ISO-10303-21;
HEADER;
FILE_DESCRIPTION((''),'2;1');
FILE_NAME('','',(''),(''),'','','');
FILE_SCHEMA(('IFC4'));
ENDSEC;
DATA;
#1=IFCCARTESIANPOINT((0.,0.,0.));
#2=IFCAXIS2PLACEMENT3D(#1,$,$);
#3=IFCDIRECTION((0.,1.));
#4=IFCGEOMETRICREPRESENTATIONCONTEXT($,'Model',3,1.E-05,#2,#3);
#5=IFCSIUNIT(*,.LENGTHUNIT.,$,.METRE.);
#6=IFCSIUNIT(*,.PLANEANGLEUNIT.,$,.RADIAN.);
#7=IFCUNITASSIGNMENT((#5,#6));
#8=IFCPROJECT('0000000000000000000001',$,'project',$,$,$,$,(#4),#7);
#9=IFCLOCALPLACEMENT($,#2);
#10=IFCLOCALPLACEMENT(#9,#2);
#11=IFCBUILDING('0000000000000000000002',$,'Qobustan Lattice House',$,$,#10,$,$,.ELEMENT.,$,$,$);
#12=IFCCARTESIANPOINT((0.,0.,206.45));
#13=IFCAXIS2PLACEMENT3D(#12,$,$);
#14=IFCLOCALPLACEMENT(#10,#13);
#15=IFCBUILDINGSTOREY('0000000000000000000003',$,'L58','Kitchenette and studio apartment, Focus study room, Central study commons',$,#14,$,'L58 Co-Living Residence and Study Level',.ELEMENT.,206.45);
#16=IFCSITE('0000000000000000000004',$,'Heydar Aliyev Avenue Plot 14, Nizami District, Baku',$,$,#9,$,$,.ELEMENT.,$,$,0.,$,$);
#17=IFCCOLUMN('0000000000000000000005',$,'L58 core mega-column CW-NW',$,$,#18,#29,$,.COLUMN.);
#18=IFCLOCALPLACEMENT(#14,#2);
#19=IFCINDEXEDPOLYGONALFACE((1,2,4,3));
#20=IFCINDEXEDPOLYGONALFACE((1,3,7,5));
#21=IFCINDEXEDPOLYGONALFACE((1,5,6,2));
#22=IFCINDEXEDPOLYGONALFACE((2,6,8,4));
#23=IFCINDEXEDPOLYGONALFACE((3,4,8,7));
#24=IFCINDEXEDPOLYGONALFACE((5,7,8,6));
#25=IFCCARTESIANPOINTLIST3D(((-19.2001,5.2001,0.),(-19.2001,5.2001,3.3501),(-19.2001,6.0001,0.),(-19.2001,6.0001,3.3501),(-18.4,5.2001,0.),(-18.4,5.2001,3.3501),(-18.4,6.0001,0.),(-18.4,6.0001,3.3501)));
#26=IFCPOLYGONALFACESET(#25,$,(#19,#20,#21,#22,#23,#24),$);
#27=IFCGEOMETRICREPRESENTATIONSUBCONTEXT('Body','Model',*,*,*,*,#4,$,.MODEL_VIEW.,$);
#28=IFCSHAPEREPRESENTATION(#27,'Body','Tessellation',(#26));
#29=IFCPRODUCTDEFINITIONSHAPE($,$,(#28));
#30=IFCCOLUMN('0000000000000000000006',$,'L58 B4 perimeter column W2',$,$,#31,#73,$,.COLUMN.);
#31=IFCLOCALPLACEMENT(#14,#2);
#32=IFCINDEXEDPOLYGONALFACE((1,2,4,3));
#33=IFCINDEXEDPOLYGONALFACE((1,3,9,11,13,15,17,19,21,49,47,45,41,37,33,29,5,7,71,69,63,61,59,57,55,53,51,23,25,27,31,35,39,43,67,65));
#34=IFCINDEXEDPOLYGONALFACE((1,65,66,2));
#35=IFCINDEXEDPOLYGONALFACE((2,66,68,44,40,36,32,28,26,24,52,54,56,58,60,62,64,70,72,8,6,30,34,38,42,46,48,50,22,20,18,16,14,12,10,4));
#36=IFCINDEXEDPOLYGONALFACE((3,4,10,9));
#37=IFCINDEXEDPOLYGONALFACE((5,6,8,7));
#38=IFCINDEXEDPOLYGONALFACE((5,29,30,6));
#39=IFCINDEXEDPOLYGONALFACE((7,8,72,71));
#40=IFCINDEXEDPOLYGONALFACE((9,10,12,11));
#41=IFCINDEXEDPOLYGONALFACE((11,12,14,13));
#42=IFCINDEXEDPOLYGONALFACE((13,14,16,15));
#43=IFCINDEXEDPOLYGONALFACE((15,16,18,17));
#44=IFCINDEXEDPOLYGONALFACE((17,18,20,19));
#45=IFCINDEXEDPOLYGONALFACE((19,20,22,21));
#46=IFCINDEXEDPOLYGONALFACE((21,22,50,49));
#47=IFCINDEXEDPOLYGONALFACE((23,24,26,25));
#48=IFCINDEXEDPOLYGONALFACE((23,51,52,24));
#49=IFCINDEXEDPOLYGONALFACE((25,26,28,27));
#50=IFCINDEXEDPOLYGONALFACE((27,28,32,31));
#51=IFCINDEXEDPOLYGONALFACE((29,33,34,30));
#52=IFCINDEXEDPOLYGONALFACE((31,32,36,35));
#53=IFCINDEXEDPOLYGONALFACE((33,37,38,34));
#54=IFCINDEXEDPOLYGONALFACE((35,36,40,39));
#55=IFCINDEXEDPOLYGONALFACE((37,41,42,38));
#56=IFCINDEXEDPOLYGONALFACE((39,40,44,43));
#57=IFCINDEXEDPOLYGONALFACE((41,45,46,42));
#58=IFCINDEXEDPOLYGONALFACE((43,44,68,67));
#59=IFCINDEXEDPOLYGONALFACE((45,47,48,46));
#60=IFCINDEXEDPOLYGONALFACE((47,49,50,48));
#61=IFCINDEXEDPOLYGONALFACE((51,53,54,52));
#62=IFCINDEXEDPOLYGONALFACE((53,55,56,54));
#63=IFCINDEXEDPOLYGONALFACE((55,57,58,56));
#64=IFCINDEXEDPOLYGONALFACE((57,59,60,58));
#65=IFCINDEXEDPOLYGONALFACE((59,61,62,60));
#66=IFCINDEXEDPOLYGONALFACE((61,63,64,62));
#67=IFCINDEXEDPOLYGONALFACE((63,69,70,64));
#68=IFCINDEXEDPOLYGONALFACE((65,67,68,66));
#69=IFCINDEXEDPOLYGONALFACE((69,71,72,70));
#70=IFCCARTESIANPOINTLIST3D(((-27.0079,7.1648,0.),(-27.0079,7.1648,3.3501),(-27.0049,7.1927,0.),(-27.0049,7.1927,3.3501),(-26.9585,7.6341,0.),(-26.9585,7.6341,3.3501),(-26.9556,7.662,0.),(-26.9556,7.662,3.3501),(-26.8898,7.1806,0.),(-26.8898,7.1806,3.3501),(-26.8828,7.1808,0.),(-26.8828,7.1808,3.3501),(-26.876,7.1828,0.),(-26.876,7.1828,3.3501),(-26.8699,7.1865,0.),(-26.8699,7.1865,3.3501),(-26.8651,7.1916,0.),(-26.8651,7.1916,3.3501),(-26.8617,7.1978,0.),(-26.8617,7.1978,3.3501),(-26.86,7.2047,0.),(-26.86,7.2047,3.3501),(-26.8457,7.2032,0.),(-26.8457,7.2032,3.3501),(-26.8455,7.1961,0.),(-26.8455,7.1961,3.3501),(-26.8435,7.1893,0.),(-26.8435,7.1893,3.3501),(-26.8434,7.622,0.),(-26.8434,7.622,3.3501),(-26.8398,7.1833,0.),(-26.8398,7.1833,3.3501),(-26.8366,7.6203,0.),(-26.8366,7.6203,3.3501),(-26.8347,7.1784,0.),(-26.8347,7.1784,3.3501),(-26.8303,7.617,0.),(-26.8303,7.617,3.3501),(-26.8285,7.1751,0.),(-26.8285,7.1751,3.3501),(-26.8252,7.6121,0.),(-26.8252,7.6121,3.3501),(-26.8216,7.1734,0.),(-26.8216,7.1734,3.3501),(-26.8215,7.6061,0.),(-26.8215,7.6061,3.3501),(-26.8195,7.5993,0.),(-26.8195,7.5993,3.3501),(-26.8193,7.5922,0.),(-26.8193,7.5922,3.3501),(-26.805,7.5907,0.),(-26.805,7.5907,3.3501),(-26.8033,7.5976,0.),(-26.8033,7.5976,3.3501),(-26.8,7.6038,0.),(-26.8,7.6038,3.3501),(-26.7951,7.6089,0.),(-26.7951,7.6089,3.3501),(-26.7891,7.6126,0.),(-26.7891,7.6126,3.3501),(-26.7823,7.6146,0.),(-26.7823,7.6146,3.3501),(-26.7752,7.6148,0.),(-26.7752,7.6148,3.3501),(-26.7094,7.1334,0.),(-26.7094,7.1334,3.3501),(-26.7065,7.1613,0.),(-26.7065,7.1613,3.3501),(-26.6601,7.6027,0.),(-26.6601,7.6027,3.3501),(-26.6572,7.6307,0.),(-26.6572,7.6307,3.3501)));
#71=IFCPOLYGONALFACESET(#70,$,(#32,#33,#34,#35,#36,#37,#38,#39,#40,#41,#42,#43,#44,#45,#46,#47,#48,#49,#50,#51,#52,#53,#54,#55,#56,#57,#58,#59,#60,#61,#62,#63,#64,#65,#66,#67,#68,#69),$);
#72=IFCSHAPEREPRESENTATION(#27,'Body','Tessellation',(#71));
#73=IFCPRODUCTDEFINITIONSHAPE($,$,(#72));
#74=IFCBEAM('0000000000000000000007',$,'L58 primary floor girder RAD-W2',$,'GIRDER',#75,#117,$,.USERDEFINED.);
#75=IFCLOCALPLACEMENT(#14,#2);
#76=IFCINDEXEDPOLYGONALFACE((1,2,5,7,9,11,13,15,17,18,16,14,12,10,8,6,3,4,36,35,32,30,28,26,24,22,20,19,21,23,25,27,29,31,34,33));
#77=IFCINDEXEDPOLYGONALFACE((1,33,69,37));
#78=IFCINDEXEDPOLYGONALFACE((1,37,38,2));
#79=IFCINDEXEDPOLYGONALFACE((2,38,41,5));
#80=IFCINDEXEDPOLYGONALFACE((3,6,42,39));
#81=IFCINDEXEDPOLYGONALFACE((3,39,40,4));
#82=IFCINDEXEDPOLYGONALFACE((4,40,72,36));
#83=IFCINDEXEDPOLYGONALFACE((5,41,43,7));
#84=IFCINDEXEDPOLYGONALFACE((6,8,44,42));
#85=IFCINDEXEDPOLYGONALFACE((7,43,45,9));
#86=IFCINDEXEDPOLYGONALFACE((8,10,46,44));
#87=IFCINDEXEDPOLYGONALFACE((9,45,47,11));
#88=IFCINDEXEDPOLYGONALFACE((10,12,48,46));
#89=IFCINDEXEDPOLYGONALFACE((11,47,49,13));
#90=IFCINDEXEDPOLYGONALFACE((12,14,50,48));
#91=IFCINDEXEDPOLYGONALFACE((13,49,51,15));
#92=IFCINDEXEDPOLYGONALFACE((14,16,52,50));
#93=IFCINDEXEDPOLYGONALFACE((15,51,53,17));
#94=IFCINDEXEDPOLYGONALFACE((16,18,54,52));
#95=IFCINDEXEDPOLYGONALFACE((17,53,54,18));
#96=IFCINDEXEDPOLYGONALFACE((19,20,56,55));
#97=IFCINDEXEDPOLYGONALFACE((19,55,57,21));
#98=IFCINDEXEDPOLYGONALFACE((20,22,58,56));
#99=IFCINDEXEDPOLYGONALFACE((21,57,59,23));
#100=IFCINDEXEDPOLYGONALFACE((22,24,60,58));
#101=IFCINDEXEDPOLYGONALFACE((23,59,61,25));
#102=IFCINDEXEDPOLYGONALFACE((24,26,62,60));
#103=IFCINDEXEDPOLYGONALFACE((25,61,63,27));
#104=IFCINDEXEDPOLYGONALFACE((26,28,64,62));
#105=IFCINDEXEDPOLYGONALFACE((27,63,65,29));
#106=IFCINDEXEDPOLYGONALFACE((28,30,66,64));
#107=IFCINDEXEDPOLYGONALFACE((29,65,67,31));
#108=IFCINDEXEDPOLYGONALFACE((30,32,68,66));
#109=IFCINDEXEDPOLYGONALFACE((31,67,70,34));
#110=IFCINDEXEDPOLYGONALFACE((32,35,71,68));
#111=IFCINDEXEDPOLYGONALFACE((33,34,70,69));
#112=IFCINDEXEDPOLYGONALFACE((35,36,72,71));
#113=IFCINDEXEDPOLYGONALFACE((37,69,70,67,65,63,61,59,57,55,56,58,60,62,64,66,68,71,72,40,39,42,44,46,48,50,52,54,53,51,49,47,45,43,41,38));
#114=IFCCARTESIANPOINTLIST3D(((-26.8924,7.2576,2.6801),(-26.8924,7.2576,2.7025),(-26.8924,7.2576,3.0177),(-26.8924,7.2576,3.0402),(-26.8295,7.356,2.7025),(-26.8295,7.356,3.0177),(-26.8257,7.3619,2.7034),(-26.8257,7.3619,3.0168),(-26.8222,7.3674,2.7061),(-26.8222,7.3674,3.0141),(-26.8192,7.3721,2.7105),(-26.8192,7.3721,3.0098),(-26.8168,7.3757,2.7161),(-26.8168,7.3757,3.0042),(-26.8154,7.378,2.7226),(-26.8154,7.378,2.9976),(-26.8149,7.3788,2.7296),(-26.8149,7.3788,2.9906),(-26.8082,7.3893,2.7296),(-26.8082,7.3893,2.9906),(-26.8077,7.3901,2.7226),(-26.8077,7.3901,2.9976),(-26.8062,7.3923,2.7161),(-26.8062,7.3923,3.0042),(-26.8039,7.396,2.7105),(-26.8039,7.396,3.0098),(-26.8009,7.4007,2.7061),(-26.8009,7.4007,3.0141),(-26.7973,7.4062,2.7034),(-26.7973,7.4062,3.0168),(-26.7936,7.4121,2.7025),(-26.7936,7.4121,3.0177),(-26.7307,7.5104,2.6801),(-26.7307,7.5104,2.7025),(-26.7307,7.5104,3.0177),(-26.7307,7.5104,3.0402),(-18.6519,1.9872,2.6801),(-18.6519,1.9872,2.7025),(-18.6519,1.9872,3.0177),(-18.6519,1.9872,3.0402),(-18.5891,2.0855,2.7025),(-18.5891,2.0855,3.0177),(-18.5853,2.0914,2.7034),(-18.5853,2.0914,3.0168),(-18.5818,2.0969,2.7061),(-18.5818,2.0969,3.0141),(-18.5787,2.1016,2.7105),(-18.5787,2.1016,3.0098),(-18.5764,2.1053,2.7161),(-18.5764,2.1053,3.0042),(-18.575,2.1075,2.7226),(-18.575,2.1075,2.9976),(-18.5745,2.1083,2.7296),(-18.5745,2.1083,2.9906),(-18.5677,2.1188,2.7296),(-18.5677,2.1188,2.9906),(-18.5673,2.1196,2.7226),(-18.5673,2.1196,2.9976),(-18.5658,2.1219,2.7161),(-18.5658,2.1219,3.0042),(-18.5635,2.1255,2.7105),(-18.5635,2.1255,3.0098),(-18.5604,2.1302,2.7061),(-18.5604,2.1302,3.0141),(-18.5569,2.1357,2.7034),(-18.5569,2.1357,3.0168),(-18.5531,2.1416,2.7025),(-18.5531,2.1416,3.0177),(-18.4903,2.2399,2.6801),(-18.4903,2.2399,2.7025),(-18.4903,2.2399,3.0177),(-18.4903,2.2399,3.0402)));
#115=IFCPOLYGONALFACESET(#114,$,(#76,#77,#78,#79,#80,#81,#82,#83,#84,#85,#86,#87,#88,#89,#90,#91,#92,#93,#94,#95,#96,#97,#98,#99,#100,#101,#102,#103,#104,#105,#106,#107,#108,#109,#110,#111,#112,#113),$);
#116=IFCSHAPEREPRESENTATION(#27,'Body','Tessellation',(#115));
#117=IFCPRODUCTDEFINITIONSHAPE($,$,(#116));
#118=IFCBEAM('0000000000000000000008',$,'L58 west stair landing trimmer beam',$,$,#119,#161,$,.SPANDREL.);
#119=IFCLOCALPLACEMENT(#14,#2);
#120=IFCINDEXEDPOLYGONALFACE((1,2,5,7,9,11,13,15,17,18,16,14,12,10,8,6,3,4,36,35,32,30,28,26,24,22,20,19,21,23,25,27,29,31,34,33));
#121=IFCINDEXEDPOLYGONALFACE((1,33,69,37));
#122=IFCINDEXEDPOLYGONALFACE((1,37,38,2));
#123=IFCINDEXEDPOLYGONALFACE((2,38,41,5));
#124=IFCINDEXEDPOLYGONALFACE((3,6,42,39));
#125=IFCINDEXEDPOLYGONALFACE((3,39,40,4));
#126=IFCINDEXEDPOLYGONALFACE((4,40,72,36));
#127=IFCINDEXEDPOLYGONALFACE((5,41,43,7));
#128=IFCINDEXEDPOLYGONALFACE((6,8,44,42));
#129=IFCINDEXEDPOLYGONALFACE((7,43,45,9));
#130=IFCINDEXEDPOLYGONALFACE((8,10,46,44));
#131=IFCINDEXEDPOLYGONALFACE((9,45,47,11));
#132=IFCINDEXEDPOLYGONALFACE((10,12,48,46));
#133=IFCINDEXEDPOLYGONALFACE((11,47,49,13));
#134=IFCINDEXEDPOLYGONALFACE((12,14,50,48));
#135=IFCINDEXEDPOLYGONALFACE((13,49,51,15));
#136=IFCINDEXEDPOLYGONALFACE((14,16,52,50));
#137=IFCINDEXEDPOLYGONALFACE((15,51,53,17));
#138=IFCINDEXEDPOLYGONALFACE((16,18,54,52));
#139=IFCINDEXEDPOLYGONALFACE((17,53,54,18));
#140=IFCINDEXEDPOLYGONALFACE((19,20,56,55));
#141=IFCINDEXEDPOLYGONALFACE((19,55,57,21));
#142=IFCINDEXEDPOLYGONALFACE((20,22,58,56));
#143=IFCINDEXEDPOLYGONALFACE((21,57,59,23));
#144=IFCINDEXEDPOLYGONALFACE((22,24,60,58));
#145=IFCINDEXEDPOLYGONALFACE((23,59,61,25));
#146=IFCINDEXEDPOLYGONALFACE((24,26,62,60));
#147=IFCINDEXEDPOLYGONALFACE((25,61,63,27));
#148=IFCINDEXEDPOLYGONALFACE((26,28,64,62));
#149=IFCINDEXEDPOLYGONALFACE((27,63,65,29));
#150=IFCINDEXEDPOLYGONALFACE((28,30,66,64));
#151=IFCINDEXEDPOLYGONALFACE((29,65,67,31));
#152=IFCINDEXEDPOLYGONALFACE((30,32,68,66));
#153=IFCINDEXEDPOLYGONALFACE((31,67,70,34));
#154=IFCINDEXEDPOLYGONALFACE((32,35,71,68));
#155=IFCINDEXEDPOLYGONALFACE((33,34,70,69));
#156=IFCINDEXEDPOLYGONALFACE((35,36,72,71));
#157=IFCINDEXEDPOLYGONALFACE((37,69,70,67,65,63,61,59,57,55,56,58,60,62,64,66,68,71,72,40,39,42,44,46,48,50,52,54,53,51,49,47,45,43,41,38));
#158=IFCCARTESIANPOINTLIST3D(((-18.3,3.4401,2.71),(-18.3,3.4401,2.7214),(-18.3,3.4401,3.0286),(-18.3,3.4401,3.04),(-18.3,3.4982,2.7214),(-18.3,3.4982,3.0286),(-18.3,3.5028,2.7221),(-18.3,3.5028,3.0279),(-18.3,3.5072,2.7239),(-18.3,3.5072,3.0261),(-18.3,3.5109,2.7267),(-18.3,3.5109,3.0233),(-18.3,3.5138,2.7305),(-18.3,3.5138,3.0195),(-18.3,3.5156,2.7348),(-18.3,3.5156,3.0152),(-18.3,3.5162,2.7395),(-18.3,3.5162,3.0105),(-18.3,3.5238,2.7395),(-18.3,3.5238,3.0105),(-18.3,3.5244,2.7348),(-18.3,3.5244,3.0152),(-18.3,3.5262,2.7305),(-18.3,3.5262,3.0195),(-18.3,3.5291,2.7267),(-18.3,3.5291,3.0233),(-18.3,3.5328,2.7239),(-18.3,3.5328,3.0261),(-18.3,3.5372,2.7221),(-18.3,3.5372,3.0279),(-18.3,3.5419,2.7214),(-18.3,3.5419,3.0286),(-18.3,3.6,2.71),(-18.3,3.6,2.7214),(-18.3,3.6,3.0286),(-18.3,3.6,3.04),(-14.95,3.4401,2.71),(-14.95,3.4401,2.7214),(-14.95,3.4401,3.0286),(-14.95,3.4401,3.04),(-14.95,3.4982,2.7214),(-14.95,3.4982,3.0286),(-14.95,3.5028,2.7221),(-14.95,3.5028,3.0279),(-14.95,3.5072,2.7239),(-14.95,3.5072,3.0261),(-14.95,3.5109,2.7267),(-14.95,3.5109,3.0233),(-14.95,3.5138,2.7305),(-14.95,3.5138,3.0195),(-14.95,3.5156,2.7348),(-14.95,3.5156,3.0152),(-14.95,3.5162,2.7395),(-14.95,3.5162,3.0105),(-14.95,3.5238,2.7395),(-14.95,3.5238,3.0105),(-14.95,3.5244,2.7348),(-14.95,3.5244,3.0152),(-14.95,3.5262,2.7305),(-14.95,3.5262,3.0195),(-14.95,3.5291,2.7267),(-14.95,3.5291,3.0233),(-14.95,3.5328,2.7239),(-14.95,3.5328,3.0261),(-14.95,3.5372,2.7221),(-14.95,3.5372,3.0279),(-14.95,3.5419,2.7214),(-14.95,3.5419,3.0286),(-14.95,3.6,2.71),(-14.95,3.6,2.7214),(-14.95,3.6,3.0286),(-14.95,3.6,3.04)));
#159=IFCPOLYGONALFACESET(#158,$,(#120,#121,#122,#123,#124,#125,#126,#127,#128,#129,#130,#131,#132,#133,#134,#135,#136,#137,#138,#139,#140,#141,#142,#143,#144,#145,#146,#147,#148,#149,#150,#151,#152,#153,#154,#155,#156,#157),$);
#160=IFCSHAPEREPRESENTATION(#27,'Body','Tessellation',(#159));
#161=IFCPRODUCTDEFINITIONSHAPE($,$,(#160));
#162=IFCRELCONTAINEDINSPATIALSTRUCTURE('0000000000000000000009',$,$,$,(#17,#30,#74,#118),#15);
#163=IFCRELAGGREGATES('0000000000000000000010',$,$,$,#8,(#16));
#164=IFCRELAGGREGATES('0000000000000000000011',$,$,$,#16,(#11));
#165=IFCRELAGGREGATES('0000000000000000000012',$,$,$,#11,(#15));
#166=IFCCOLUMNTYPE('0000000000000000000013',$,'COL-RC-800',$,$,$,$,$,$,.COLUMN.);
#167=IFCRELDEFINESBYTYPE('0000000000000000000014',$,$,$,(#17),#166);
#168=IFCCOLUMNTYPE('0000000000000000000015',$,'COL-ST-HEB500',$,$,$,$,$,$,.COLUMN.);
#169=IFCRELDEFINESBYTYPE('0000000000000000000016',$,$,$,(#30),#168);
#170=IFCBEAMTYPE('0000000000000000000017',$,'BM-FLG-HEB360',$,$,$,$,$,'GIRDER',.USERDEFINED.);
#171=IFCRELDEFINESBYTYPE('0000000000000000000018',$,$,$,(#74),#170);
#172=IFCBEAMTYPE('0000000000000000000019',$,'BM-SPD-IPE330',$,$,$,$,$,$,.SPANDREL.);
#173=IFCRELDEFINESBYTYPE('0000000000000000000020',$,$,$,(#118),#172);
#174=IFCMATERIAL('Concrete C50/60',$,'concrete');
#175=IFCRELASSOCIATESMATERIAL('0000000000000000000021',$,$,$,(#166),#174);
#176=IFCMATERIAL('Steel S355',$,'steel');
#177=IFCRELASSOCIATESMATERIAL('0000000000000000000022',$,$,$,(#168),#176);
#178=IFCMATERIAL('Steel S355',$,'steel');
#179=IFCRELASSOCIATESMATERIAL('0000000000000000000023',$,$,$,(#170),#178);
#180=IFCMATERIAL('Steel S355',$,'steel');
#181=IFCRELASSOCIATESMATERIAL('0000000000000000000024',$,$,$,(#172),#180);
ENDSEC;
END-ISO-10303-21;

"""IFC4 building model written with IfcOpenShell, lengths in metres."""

from ifc_helpers import new_model, si_unit, direction, frame, origin, origin_2d, place, context, subcontext, project, spatial, rectangle, i_section, extrude, material, material_profile, profile_set, type_object, element, save


model = new_model("IFC4")

# Units and contexts
model_context = context("Model", 3, precision=1e-05, world=origin(), true_north=direction((0.0, 1.0)))
body_context = subcontext(model_context, "Body", "Model", "MODEL_VIEW")
ifc_project = project(units=[si_unit("LENGTHUNIT", "METRE"), si_unit("PLANEANGLEUNIT", "RADIAN")], contexts=[model_context])

# Site, building, storey
site_placement = place(None, origin())
site = spatial("IfcSite", under=ifc_project, at=site_placement, Name="Heydar Aliyev Avenue Plot 14, Nizami District, Baku", CompositionType="ELEMENT", RefElevation=0.0)
building_placement = place(site_placement, origin())
building = spatial("IfcBuilding", under=site, at=building_placement, Name="Qobustan Lattice House", CompositionType="ELEMENT")
storey_placement = place(building_placement, frame((0.0, 0.0, 206.45)))
storey = spatial("IfcBuildingStorey", under=building, at=storey_placement, Name="L58", Description="Kitchenette and studio apartment, Focus study room, Central study commons", LongName="L58 Co-Living Residence and Study Level", CompositionType="ELEMENT", Elevation=206.45)

# Columns
ifc_material_1 = material(Name="Concrete C50/60", Category="concrete")
ifc_material_profile_1 = material_profile(ifc_material_1, rectangle(XDim=0.8, YDim=0.8, at=origin_2d()), Name="RC800x800")
ifc_profile_set_1 = profile_set([ifc_material_profile_1], Name="Concrete C50/60")
column_type_1 = type_object("IfcColumnType", Name="COL-RC-800", PredefinedType="COLUMN", material=ifc_profile_set_1)
column_1_placement = place(storey_placement, frame((-18.8, 5.6001, 0.0), z_axis=(0.0, 0.0, 1.0), x_axis=(1.0, 0.0, 0.0)))
element("IfcColumn", 1, at=column_1_placement, inside=storey, type_object=column_type_1, Name="L58 core mega-column CW-NW", PredefinedType="COLUMN", context=body_context, shape_type="SweptSolid", body=[
    extrude(rectangle(XDim=0.8, YDim=0.8, at=origin_2d()), origin(), (0.0, 0.0, 1.0), 3.3501),
])
ifc_material_2 = material(Name="Steel S355", Category="steel")
ifc_material_profile_2 = material_profile(ifc_material_2, i_section(OverallWidth=0.3, OverallDepth=0.5, WebThickness=0.0144, FlangeThickness=0.0281, FilletRadius=0.0271, at=origin_2d()), Name="HEB500")
ifc_profile_set_2 = profile_set([ifc_material_profile_2], Name="Steel S355")
column_type_2 = type_object("IfcColumnType", Name="COL-ST-HEB500", PredefinedType="COLUMN", material=ifc_profile_set_2)
column_2_placement = place(storey_placement, frame((-26.8325, 7.3977, 0.0), z_axis=(0.0, 0.0, 1.0), x_axis=(0.994522, -0.104528, 0.0)))
element("IfcColumn", 2, at=column_2_placement, inside=storey, type_object=column_type_2, Name="L58 B4 perimeter column W2", PredefinedType="COLUMN", context=body_context, shape_type="SweptSolid", body=[
    extrude(i_section(OverallWidth=0.3, OverallDepth=0.5, WebThickness=0.0144, FlangeThickness=0.0281, FilletRadius=0.0271, at=origin_2d()), origin(), (0.0, 0.0, 1.0), 3.3501),
])

# Beams
ifc_material_3 = material(Name="Steel S355", Category="steel")
ifc_material_profile_3 = material_profile(ifc_material_3, i_section(OverallWidth=0.3, OverallDepth=0.3601, WebThickness=0.0125, FlangeThickness=0.0225, FilletRadius=0.0271, at=origin_2d()), Name="HEB360")
ifc_profile_set_3 = profile_set([ifc_material_profile_3], Name="Steel S355")
beam_type_1 = type_object("IfcBeamType", Name="BM-FLG-HEB360", ElementType="GIRDER", PredefinedType="USERDEFINED", material=ifc_profile_set_3)
beam_1_placement = place(storey_placement, frame((-26.8115, 7.384, 2.8601), z_axis=(0.842429, -0.538807, 0.0), x_axis=(0.538807, 0.842429, 0.0)))
element("IfcBeam", 3, at=beam_1_placement, inside=storey, type_object=beam_type_1, Name="L58 primary floor girder RAD-W2", ObjectType="GIRDER", PredefinedType="USERDEFINED", context=body_context, shape_type="SweptSolid", body=[
    extrude(i_section(OverallWidth=0.3, OverallDepth=0.3601, WebThickness=0.0125, FlangeThickness=0.0225, FilletRadius=0.0271, at=origin_2d()), origin(), (0.0, 0.0, 1.0), 9.7817),
])
ifc_material_4 = material(Name="Steel S355", Category="steel")
ifc_material_profile_4 = material_profile(ifc_material_4, i_section(OverallWidth=0.1599, OverallDepth=0.3301, WebThickness=0.0076, FlangeThickness=0.0115, FilletRadius=0.0181, at=origin_2d()), Name="IPE330")
ifc_profile_set_4 = profile_set([ifc_material_profile_4], Name="Steel S355")
beam_type_2 = type_object("IfcBeamType", Name="BM-SPD-IPE330", PredefinedType="SPANDREL", material=ifc_profile_set_4)
beam_2_placement = place(storey_placement, frame((-18.3, 3.52, 2.875), z_axis=(1.0, 0.0, 0.0), x_axis=(0.0, 1.0, 0.0)))
element("IfcBeam", 4, at=beam_2_placement, inside=storey, type_object=beam_type_2, Name="L58 west stair landing trimmer beam", PredefinedType="SPANDREL", context=body_context, shape_type="SweptSolid", body=[
    extrude(i_section(OverallWidth=0.1599, OverallDepth=0.3301, WebThickness=0.0076, FlangeThickness=0.0115, FilletRadius=0.0181, at=origin_2d()), origin(), (0.0, 0.0, 1.0), 3.3501),
])

save(model, "model.ifc")
